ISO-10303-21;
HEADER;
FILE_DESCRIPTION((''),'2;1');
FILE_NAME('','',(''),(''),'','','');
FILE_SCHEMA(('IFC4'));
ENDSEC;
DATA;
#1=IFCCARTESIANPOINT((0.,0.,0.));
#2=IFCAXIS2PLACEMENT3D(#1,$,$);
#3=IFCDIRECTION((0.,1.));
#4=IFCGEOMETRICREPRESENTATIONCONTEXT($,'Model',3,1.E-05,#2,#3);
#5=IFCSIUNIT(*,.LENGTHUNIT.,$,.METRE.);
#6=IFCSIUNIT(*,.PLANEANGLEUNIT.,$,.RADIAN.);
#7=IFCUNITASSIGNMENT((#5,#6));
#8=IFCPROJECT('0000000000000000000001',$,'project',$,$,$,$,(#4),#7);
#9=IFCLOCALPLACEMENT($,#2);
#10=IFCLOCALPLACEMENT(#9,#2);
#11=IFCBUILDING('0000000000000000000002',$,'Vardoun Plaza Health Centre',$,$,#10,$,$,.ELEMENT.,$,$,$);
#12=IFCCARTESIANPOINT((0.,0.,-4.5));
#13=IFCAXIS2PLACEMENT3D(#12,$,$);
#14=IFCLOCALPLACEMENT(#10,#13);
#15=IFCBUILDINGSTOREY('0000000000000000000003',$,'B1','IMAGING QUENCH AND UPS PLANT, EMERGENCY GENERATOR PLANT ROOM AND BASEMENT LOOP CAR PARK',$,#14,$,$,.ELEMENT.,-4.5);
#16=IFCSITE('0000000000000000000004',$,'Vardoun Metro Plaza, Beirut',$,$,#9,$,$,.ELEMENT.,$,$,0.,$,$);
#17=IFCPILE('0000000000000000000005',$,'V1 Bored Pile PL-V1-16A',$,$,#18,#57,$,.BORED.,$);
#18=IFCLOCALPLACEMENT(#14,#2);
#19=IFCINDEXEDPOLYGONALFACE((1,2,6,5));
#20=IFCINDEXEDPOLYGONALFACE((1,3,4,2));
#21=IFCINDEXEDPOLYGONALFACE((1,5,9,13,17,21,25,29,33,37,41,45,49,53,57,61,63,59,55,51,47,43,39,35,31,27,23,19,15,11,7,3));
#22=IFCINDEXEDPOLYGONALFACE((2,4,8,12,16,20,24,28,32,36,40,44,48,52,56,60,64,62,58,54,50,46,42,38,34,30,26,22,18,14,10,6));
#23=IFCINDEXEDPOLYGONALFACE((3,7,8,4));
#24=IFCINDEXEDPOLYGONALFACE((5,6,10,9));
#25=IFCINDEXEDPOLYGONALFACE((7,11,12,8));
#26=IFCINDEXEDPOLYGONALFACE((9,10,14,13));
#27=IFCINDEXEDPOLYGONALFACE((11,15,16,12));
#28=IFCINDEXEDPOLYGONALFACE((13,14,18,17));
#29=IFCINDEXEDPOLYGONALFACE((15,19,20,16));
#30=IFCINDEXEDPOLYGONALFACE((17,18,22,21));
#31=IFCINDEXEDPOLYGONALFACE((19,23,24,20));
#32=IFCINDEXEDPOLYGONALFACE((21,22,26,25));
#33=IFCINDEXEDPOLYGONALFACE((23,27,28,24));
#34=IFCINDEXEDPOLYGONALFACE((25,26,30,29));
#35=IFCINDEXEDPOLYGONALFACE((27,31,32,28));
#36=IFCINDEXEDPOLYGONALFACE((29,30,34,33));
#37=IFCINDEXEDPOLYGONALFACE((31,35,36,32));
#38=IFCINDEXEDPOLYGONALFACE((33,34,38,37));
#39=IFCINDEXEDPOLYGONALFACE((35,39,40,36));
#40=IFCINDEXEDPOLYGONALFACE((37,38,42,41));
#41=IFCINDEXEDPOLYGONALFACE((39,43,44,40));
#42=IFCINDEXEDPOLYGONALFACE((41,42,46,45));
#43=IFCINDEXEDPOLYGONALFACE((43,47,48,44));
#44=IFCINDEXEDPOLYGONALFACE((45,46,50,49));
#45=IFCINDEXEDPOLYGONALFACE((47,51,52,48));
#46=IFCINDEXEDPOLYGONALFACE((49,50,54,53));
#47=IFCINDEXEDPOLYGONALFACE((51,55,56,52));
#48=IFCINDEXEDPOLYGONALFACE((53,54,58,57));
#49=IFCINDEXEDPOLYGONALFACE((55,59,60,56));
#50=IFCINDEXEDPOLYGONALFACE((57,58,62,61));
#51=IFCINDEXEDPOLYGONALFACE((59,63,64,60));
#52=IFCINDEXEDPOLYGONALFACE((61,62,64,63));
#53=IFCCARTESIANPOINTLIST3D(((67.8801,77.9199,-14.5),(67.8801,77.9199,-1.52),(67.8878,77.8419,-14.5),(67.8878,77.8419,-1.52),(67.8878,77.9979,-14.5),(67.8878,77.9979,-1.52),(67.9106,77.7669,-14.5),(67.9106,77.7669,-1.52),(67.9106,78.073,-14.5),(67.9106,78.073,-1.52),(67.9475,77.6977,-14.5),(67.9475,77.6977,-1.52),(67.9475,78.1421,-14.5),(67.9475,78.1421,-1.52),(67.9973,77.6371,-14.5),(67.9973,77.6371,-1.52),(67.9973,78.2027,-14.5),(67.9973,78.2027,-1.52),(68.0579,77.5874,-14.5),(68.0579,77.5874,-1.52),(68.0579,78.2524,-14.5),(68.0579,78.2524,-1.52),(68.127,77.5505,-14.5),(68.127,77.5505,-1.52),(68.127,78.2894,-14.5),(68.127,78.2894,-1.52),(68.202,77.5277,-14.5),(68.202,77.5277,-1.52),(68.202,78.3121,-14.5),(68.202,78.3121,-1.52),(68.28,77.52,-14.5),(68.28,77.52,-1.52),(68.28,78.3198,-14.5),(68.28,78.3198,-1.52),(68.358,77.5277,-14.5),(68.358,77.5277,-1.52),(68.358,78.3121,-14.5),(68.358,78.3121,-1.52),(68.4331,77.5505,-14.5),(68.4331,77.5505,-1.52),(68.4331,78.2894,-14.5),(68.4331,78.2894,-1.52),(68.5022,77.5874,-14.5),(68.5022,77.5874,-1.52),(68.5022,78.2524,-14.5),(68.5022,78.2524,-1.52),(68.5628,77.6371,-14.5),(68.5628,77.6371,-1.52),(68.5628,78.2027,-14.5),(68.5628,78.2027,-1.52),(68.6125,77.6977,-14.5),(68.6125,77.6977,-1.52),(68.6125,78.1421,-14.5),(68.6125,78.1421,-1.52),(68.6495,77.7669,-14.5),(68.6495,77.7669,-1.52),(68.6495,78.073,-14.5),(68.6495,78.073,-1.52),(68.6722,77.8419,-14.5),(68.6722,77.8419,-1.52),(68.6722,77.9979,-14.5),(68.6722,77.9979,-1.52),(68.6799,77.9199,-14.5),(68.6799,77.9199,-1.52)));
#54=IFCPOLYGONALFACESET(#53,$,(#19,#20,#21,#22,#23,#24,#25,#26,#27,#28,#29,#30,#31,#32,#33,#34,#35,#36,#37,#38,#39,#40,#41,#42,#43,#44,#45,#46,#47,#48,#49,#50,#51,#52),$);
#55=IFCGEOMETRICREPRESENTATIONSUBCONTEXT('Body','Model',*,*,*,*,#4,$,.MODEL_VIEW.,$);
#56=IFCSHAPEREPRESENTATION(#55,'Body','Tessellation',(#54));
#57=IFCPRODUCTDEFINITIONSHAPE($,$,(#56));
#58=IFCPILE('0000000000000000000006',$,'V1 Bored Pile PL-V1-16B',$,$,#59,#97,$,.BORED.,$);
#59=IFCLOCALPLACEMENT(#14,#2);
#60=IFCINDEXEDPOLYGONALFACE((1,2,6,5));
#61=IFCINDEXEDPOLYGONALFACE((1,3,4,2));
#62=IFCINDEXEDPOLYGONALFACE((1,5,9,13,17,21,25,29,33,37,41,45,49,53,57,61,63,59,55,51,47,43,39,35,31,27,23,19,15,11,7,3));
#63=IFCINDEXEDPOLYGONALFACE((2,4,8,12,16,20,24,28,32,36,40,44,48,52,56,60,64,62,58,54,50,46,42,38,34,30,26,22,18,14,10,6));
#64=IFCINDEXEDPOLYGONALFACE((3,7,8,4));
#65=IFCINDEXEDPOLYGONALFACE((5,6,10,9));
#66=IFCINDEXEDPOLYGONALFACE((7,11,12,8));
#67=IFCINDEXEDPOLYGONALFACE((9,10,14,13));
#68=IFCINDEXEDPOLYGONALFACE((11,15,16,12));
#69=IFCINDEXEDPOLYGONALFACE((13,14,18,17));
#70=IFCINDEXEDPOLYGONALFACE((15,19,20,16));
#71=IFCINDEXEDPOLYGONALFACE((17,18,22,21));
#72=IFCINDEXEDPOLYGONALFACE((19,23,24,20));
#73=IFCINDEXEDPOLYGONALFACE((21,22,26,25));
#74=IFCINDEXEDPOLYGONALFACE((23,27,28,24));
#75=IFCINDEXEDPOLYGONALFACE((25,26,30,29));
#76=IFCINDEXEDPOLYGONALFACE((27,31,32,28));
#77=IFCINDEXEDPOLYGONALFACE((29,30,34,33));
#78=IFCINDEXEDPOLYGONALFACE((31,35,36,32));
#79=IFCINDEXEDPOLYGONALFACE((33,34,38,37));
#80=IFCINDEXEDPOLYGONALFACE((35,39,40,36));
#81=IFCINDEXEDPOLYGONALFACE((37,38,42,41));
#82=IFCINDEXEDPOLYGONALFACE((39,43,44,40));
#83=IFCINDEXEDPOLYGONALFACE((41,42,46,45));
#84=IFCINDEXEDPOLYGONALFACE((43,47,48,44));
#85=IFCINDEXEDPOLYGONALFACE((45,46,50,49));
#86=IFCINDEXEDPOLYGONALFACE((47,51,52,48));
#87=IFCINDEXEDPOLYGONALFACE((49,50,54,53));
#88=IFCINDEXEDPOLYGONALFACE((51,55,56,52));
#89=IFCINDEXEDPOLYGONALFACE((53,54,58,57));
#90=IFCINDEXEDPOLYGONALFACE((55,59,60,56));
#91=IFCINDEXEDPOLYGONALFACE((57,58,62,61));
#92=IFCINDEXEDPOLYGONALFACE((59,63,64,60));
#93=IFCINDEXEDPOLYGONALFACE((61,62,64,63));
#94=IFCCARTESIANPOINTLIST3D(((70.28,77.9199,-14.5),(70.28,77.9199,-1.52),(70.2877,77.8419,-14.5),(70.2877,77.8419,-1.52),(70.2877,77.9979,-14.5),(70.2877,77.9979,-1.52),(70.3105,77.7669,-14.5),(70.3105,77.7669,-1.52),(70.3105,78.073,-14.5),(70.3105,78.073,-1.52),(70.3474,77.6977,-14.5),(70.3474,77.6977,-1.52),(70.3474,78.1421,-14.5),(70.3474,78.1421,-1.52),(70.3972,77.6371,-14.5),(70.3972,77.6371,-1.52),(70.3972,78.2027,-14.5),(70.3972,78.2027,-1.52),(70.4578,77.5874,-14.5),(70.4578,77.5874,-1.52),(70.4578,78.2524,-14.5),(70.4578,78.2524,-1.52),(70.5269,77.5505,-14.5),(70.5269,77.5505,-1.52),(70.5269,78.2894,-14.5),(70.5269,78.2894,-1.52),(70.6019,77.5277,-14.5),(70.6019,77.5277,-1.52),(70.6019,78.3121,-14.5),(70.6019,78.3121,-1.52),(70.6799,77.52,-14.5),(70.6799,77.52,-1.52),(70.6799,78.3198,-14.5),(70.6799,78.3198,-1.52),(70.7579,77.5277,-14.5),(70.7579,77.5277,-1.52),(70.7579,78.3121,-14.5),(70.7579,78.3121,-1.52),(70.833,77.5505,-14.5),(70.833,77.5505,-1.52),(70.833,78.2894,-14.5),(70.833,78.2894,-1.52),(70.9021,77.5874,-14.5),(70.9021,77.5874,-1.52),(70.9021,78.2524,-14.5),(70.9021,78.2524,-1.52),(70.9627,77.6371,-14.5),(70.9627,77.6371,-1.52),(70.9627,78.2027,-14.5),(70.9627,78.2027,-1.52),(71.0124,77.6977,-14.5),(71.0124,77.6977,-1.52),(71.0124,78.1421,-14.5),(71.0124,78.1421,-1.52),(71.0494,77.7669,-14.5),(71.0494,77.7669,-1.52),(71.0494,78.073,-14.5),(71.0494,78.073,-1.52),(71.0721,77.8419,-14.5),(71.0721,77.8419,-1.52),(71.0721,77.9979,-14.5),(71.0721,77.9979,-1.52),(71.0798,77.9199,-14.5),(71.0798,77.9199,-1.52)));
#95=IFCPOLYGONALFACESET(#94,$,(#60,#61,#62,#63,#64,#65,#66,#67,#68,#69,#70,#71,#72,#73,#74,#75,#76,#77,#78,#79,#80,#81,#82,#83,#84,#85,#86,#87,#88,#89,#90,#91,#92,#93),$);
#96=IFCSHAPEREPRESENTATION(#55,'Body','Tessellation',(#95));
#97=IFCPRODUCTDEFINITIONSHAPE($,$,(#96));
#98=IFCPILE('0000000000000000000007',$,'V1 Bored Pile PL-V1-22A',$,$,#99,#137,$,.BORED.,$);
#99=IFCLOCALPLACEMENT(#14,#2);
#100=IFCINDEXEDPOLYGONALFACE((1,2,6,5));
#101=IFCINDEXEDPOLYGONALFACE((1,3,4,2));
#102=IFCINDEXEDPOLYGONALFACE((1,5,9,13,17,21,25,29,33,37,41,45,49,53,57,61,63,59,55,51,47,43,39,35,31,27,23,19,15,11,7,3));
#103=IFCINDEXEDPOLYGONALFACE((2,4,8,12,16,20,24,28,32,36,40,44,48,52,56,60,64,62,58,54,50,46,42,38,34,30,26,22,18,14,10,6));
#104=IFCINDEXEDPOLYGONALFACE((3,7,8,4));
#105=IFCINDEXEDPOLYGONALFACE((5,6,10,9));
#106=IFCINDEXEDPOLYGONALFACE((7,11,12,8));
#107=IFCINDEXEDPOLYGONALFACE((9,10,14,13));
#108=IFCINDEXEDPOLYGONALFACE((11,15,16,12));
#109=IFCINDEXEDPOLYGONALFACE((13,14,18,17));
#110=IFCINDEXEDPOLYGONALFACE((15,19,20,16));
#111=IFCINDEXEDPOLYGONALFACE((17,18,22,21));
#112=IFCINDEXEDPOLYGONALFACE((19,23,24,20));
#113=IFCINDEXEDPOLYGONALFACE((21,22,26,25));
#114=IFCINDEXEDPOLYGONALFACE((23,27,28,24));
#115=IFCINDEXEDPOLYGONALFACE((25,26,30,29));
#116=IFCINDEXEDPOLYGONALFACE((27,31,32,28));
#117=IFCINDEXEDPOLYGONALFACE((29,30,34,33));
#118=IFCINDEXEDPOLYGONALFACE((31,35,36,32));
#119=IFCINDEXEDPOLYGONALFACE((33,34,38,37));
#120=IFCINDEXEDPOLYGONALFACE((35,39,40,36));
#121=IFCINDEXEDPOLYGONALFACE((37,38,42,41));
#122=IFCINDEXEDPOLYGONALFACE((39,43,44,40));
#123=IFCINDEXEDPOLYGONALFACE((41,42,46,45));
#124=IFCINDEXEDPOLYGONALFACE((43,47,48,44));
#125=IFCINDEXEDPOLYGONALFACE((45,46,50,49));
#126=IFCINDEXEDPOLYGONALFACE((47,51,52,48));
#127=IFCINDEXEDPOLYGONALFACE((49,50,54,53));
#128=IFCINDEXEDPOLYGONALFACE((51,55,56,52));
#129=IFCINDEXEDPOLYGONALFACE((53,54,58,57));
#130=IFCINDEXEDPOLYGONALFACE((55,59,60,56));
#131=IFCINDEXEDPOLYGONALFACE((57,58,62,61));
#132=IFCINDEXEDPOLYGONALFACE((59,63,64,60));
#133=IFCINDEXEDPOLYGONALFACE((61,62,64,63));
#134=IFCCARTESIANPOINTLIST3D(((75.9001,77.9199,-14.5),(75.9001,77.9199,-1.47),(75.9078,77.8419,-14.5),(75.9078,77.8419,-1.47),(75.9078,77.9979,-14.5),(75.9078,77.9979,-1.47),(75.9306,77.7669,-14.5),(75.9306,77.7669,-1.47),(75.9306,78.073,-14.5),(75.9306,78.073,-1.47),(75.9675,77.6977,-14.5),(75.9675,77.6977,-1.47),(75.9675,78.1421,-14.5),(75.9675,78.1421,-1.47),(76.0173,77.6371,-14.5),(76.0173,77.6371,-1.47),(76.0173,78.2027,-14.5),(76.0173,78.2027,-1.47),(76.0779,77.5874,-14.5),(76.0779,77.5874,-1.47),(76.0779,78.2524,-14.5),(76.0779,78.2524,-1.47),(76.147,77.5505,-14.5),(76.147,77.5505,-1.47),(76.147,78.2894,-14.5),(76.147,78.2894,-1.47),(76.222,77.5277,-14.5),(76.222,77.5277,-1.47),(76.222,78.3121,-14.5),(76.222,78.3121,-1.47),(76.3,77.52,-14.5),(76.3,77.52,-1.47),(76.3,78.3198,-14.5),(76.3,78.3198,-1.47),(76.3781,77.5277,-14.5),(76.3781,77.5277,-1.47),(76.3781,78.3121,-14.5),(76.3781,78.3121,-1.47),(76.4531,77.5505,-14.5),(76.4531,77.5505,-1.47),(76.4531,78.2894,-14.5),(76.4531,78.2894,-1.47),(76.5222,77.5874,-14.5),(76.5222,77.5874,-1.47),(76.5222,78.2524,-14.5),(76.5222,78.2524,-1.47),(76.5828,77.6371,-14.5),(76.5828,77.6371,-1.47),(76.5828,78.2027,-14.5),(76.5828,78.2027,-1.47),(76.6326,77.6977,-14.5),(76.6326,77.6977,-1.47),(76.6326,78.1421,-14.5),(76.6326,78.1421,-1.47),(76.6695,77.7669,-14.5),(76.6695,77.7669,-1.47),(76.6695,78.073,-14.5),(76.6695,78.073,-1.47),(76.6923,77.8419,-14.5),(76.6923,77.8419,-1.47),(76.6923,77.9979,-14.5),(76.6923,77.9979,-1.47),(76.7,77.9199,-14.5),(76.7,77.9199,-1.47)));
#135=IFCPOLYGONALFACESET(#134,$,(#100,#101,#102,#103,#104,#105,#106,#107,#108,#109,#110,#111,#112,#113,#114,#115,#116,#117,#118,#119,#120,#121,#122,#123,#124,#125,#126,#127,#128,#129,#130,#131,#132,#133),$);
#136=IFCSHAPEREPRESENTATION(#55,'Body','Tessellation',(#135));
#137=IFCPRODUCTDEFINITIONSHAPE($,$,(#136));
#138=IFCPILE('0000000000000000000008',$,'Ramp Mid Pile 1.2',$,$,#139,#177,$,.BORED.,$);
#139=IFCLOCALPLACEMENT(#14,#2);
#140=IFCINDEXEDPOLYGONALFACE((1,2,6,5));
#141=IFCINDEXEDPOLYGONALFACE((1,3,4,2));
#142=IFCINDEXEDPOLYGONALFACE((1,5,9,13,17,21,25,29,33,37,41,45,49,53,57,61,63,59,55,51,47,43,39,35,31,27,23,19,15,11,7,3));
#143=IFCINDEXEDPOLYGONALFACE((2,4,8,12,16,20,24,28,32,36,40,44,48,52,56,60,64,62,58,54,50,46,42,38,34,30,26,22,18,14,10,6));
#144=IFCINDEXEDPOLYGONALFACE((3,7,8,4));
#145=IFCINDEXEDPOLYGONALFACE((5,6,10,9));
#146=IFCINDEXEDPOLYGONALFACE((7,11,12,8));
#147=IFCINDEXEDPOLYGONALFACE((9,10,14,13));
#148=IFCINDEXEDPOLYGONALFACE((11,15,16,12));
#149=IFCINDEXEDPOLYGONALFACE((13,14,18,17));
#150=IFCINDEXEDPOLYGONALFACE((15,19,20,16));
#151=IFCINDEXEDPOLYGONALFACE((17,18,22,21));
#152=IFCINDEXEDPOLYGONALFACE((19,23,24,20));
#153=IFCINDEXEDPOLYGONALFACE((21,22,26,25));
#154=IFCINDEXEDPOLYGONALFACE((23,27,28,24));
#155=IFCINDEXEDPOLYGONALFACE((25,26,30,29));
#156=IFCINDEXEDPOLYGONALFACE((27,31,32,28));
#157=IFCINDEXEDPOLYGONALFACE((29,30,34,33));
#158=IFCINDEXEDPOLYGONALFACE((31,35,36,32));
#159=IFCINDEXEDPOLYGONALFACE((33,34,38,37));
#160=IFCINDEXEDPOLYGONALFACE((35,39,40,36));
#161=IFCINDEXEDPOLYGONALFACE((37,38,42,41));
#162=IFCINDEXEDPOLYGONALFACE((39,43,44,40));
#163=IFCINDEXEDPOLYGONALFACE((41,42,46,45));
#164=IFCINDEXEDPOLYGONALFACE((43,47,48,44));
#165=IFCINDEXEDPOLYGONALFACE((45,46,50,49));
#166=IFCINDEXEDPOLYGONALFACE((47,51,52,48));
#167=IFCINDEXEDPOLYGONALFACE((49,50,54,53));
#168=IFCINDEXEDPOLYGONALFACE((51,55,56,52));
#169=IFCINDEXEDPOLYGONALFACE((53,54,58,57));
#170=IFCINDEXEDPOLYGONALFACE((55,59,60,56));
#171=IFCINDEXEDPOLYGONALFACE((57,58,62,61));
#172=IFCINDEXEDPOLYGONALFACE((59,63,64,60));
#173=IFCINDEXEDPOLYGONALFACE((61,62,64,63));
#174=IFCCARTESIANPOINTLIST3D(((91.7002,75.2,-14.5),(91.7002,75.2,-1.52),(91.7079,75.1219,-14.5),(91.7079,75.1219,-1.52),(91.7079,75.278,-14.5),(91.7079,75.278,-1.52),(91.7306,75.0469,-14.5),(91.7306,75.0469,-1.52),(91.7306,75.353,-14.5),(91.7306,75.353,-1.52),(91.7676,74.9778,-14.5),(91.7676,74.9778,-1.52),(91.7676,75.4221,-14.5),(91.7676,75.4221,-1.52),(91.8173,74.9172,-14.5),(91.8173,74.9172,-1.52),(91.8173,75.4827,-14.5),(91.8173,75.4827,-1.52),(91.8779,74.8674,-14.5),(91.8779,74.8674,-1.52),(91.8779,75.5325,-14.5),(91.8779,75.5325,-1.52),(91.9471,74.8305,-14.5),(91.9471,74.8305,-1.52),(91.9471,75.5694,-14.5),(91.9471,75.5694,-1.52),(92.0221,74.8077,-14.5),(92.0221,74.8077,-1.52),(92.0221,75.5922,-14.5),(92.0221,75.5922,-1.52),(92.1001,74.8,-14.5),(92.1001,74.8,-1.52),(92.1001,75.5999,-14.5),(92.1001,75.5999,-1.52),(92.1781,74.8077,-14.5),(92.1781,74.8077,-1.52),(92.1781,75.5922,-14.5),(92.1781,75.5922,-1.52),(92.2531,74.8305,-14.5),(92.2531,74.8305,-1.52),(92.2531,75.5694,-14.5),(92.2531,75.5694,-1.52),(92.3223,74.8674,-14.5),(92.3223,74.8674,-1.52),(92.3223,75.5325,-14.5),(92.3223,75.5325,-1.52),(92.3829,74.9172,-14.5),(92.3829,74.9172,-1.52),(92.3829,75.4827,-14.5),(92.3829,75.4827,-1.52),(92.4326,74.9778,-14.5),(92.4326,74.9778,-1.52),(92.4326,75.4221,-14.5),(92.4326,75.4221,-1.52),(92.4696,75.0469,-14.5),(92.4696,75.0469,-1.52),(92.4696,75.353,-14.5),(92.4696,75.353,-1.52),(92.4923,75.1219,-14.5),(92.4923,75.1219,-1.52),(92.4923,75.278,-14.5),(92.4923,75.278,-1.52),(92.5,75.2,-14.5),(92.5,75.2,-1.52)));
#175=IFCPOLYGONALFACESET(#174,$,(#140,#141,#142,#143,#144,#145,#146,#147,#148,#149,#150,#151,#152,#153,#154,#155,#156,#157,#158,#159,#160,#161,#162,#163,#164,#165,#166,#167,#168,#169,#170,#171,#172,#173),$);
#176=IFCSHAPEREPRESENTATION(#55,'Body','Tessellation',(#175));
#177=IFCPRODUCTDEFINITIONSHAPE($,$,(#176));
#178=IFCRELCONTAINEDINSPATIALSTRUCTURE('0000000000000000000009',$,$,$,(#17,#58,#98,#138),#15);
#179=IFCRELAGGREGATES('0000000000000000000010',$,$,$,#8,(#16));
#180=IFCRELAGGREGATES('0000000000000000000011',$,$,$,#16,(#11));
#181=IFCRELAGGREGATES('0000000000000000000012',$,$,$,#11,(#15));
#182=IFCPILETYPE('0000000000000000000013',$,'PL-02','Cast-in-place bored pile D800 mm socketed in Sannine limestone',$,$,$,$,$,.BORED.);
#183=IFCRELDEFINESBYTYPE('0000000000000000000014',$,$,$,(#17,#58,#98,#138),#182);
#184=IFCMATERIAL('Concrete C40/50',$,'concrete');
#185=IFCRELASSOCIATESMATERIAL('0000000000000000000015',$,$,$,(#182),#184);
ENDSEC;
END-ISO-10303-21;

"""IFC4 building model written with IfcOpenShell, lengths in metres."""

from ifc_helpers import new_model, si_unit, direction, frame, origin, origin_2d, place, context, subcontext, project, spatial, circle, extrude, material, material_profile, profile_set, type_object, element, save


model = new_model("IFC4")

# Units and contexts
model_context = context("Model", 3, precision=1e-05, world=origin(), true_north=direction((0.0, 1.0)))
body_context = subcontext(model_context, "Body", "Model", "MODEL_VIEW")
ifc_project = project(units=[si_unit("LENGTHUNIT", "METRE"), si_unit("PLANEANGLEUNIT", "RADIAN")], contexts=[model_context])

# Site, building, storey
site_placement = place(None, origin())
site = spatial("IfcSite", under=ifc_project, at=site_placement, Name="Vardoun Metro Plaza, Beirut", CompositionType="ELEMENT", RefElevation=0.0)
building_placement = place(site_placement, origin())
building = spatial("IfcBuilding", under=site, at=building_placement, Name="Vardoun Plaza Health Centre", CompositionType="ELEMENT")
storey_placement = place(building_placement, frame((0.0, 0.0, -4.5)))
storey = spatial("IfcBuildingStorey", under=building, at=storey_placement, Name="B1", Description="IMAGING QUENCH AND UPS PLANT, EMERGENCY GENERATOR PLANT ROOM AND BASEMENT LOOP CAR PARK", CompositionType="ELEMENT", Elevation=-4.5)

# Piles
ifc_material_1 = material(Name="Concrete C40/50", Category="concrete")
ifc_material_profile_1 = material_profile(ifc_material_1, circle(Radius=0.3999, at=origin_2d()), Name="PILE D800")
ifc_profile_set_1 = profile_set([ifc_material_profile_1], Name="Concrete C40/50")
pile_type_1 = type_object("IfcPileType", Name="PL-02", Description="Cast-in-place bored pile D800 mm socketed in Sannine limestone", PredefinedType="BORED", material=ifc_profile_set_1)
for number, where, z_axis, x_axis, name in (
    (1, (68.28, 77.9199, -1.52), (0.0, 0.0, -1.0), (1.0, 0.0, 0.0), "V1 Bored Pile PL-V1-16A"),
    (2, (70.6799, 77.9199, -1.52), (0.0, 0.0, -1.0), (1.0, 0.0, 0.0), "V1 Bored Pile PL-V1-16B"),
):
    element("IfcPile", number, at=place(storey_placement, frame(where, z_axis=z_axis, x_axis=x_axis)), inside=storey, type_object=pile_type_1, Name=name, PredefinedType="BORED", context=body_context, shape_type="SweptSolid", body=[
        extrude(circle(Radius=0.3999, at=origin_2d()), origin(), (0.0, 0.0, 1.0), 12.98),
    ])
pile_1_placement = place(storey_placement, frame((76.3, 77.9199, -1.47), z_axis=(0.0, 0.0, -1.0), x_axis=(1.0, 0.0, 0.0)))
element("IfcPile", 3, at=pile_1_placement, inside=storey, type_object=pile_type_1, Name="V1 Bored Pile PL-V1-22A", PredefinedType="BORED", context=body_context, shape_type="SweptSolid", body=[
    extrude(circle(Radius=0.3999, at=origin_2d()), origin(), (0.0, 0.0, 1.0), 13.03),
])
pile_2_placement = place(storey_placement, frame((92.1001, 75.2, -1.52), z_axis=(0.0, 0.0, -1.0), x_axis=(1.0, 0.0, 0.0)))
element("IfcPile", 4, at=pile_2_placement, inside=storey, type_object=pile_type_1, Name="Ramp Mid Pile 1.2", PredefinedType="BORED", context=body_context, shape_type="SweptSolid", body=[
    extrude(circle(Radius=0.3999, at=origin_2d()), origin(), (0.0, 0.0, 1.0), 12.98),
])

save(model, "model.ifc")
